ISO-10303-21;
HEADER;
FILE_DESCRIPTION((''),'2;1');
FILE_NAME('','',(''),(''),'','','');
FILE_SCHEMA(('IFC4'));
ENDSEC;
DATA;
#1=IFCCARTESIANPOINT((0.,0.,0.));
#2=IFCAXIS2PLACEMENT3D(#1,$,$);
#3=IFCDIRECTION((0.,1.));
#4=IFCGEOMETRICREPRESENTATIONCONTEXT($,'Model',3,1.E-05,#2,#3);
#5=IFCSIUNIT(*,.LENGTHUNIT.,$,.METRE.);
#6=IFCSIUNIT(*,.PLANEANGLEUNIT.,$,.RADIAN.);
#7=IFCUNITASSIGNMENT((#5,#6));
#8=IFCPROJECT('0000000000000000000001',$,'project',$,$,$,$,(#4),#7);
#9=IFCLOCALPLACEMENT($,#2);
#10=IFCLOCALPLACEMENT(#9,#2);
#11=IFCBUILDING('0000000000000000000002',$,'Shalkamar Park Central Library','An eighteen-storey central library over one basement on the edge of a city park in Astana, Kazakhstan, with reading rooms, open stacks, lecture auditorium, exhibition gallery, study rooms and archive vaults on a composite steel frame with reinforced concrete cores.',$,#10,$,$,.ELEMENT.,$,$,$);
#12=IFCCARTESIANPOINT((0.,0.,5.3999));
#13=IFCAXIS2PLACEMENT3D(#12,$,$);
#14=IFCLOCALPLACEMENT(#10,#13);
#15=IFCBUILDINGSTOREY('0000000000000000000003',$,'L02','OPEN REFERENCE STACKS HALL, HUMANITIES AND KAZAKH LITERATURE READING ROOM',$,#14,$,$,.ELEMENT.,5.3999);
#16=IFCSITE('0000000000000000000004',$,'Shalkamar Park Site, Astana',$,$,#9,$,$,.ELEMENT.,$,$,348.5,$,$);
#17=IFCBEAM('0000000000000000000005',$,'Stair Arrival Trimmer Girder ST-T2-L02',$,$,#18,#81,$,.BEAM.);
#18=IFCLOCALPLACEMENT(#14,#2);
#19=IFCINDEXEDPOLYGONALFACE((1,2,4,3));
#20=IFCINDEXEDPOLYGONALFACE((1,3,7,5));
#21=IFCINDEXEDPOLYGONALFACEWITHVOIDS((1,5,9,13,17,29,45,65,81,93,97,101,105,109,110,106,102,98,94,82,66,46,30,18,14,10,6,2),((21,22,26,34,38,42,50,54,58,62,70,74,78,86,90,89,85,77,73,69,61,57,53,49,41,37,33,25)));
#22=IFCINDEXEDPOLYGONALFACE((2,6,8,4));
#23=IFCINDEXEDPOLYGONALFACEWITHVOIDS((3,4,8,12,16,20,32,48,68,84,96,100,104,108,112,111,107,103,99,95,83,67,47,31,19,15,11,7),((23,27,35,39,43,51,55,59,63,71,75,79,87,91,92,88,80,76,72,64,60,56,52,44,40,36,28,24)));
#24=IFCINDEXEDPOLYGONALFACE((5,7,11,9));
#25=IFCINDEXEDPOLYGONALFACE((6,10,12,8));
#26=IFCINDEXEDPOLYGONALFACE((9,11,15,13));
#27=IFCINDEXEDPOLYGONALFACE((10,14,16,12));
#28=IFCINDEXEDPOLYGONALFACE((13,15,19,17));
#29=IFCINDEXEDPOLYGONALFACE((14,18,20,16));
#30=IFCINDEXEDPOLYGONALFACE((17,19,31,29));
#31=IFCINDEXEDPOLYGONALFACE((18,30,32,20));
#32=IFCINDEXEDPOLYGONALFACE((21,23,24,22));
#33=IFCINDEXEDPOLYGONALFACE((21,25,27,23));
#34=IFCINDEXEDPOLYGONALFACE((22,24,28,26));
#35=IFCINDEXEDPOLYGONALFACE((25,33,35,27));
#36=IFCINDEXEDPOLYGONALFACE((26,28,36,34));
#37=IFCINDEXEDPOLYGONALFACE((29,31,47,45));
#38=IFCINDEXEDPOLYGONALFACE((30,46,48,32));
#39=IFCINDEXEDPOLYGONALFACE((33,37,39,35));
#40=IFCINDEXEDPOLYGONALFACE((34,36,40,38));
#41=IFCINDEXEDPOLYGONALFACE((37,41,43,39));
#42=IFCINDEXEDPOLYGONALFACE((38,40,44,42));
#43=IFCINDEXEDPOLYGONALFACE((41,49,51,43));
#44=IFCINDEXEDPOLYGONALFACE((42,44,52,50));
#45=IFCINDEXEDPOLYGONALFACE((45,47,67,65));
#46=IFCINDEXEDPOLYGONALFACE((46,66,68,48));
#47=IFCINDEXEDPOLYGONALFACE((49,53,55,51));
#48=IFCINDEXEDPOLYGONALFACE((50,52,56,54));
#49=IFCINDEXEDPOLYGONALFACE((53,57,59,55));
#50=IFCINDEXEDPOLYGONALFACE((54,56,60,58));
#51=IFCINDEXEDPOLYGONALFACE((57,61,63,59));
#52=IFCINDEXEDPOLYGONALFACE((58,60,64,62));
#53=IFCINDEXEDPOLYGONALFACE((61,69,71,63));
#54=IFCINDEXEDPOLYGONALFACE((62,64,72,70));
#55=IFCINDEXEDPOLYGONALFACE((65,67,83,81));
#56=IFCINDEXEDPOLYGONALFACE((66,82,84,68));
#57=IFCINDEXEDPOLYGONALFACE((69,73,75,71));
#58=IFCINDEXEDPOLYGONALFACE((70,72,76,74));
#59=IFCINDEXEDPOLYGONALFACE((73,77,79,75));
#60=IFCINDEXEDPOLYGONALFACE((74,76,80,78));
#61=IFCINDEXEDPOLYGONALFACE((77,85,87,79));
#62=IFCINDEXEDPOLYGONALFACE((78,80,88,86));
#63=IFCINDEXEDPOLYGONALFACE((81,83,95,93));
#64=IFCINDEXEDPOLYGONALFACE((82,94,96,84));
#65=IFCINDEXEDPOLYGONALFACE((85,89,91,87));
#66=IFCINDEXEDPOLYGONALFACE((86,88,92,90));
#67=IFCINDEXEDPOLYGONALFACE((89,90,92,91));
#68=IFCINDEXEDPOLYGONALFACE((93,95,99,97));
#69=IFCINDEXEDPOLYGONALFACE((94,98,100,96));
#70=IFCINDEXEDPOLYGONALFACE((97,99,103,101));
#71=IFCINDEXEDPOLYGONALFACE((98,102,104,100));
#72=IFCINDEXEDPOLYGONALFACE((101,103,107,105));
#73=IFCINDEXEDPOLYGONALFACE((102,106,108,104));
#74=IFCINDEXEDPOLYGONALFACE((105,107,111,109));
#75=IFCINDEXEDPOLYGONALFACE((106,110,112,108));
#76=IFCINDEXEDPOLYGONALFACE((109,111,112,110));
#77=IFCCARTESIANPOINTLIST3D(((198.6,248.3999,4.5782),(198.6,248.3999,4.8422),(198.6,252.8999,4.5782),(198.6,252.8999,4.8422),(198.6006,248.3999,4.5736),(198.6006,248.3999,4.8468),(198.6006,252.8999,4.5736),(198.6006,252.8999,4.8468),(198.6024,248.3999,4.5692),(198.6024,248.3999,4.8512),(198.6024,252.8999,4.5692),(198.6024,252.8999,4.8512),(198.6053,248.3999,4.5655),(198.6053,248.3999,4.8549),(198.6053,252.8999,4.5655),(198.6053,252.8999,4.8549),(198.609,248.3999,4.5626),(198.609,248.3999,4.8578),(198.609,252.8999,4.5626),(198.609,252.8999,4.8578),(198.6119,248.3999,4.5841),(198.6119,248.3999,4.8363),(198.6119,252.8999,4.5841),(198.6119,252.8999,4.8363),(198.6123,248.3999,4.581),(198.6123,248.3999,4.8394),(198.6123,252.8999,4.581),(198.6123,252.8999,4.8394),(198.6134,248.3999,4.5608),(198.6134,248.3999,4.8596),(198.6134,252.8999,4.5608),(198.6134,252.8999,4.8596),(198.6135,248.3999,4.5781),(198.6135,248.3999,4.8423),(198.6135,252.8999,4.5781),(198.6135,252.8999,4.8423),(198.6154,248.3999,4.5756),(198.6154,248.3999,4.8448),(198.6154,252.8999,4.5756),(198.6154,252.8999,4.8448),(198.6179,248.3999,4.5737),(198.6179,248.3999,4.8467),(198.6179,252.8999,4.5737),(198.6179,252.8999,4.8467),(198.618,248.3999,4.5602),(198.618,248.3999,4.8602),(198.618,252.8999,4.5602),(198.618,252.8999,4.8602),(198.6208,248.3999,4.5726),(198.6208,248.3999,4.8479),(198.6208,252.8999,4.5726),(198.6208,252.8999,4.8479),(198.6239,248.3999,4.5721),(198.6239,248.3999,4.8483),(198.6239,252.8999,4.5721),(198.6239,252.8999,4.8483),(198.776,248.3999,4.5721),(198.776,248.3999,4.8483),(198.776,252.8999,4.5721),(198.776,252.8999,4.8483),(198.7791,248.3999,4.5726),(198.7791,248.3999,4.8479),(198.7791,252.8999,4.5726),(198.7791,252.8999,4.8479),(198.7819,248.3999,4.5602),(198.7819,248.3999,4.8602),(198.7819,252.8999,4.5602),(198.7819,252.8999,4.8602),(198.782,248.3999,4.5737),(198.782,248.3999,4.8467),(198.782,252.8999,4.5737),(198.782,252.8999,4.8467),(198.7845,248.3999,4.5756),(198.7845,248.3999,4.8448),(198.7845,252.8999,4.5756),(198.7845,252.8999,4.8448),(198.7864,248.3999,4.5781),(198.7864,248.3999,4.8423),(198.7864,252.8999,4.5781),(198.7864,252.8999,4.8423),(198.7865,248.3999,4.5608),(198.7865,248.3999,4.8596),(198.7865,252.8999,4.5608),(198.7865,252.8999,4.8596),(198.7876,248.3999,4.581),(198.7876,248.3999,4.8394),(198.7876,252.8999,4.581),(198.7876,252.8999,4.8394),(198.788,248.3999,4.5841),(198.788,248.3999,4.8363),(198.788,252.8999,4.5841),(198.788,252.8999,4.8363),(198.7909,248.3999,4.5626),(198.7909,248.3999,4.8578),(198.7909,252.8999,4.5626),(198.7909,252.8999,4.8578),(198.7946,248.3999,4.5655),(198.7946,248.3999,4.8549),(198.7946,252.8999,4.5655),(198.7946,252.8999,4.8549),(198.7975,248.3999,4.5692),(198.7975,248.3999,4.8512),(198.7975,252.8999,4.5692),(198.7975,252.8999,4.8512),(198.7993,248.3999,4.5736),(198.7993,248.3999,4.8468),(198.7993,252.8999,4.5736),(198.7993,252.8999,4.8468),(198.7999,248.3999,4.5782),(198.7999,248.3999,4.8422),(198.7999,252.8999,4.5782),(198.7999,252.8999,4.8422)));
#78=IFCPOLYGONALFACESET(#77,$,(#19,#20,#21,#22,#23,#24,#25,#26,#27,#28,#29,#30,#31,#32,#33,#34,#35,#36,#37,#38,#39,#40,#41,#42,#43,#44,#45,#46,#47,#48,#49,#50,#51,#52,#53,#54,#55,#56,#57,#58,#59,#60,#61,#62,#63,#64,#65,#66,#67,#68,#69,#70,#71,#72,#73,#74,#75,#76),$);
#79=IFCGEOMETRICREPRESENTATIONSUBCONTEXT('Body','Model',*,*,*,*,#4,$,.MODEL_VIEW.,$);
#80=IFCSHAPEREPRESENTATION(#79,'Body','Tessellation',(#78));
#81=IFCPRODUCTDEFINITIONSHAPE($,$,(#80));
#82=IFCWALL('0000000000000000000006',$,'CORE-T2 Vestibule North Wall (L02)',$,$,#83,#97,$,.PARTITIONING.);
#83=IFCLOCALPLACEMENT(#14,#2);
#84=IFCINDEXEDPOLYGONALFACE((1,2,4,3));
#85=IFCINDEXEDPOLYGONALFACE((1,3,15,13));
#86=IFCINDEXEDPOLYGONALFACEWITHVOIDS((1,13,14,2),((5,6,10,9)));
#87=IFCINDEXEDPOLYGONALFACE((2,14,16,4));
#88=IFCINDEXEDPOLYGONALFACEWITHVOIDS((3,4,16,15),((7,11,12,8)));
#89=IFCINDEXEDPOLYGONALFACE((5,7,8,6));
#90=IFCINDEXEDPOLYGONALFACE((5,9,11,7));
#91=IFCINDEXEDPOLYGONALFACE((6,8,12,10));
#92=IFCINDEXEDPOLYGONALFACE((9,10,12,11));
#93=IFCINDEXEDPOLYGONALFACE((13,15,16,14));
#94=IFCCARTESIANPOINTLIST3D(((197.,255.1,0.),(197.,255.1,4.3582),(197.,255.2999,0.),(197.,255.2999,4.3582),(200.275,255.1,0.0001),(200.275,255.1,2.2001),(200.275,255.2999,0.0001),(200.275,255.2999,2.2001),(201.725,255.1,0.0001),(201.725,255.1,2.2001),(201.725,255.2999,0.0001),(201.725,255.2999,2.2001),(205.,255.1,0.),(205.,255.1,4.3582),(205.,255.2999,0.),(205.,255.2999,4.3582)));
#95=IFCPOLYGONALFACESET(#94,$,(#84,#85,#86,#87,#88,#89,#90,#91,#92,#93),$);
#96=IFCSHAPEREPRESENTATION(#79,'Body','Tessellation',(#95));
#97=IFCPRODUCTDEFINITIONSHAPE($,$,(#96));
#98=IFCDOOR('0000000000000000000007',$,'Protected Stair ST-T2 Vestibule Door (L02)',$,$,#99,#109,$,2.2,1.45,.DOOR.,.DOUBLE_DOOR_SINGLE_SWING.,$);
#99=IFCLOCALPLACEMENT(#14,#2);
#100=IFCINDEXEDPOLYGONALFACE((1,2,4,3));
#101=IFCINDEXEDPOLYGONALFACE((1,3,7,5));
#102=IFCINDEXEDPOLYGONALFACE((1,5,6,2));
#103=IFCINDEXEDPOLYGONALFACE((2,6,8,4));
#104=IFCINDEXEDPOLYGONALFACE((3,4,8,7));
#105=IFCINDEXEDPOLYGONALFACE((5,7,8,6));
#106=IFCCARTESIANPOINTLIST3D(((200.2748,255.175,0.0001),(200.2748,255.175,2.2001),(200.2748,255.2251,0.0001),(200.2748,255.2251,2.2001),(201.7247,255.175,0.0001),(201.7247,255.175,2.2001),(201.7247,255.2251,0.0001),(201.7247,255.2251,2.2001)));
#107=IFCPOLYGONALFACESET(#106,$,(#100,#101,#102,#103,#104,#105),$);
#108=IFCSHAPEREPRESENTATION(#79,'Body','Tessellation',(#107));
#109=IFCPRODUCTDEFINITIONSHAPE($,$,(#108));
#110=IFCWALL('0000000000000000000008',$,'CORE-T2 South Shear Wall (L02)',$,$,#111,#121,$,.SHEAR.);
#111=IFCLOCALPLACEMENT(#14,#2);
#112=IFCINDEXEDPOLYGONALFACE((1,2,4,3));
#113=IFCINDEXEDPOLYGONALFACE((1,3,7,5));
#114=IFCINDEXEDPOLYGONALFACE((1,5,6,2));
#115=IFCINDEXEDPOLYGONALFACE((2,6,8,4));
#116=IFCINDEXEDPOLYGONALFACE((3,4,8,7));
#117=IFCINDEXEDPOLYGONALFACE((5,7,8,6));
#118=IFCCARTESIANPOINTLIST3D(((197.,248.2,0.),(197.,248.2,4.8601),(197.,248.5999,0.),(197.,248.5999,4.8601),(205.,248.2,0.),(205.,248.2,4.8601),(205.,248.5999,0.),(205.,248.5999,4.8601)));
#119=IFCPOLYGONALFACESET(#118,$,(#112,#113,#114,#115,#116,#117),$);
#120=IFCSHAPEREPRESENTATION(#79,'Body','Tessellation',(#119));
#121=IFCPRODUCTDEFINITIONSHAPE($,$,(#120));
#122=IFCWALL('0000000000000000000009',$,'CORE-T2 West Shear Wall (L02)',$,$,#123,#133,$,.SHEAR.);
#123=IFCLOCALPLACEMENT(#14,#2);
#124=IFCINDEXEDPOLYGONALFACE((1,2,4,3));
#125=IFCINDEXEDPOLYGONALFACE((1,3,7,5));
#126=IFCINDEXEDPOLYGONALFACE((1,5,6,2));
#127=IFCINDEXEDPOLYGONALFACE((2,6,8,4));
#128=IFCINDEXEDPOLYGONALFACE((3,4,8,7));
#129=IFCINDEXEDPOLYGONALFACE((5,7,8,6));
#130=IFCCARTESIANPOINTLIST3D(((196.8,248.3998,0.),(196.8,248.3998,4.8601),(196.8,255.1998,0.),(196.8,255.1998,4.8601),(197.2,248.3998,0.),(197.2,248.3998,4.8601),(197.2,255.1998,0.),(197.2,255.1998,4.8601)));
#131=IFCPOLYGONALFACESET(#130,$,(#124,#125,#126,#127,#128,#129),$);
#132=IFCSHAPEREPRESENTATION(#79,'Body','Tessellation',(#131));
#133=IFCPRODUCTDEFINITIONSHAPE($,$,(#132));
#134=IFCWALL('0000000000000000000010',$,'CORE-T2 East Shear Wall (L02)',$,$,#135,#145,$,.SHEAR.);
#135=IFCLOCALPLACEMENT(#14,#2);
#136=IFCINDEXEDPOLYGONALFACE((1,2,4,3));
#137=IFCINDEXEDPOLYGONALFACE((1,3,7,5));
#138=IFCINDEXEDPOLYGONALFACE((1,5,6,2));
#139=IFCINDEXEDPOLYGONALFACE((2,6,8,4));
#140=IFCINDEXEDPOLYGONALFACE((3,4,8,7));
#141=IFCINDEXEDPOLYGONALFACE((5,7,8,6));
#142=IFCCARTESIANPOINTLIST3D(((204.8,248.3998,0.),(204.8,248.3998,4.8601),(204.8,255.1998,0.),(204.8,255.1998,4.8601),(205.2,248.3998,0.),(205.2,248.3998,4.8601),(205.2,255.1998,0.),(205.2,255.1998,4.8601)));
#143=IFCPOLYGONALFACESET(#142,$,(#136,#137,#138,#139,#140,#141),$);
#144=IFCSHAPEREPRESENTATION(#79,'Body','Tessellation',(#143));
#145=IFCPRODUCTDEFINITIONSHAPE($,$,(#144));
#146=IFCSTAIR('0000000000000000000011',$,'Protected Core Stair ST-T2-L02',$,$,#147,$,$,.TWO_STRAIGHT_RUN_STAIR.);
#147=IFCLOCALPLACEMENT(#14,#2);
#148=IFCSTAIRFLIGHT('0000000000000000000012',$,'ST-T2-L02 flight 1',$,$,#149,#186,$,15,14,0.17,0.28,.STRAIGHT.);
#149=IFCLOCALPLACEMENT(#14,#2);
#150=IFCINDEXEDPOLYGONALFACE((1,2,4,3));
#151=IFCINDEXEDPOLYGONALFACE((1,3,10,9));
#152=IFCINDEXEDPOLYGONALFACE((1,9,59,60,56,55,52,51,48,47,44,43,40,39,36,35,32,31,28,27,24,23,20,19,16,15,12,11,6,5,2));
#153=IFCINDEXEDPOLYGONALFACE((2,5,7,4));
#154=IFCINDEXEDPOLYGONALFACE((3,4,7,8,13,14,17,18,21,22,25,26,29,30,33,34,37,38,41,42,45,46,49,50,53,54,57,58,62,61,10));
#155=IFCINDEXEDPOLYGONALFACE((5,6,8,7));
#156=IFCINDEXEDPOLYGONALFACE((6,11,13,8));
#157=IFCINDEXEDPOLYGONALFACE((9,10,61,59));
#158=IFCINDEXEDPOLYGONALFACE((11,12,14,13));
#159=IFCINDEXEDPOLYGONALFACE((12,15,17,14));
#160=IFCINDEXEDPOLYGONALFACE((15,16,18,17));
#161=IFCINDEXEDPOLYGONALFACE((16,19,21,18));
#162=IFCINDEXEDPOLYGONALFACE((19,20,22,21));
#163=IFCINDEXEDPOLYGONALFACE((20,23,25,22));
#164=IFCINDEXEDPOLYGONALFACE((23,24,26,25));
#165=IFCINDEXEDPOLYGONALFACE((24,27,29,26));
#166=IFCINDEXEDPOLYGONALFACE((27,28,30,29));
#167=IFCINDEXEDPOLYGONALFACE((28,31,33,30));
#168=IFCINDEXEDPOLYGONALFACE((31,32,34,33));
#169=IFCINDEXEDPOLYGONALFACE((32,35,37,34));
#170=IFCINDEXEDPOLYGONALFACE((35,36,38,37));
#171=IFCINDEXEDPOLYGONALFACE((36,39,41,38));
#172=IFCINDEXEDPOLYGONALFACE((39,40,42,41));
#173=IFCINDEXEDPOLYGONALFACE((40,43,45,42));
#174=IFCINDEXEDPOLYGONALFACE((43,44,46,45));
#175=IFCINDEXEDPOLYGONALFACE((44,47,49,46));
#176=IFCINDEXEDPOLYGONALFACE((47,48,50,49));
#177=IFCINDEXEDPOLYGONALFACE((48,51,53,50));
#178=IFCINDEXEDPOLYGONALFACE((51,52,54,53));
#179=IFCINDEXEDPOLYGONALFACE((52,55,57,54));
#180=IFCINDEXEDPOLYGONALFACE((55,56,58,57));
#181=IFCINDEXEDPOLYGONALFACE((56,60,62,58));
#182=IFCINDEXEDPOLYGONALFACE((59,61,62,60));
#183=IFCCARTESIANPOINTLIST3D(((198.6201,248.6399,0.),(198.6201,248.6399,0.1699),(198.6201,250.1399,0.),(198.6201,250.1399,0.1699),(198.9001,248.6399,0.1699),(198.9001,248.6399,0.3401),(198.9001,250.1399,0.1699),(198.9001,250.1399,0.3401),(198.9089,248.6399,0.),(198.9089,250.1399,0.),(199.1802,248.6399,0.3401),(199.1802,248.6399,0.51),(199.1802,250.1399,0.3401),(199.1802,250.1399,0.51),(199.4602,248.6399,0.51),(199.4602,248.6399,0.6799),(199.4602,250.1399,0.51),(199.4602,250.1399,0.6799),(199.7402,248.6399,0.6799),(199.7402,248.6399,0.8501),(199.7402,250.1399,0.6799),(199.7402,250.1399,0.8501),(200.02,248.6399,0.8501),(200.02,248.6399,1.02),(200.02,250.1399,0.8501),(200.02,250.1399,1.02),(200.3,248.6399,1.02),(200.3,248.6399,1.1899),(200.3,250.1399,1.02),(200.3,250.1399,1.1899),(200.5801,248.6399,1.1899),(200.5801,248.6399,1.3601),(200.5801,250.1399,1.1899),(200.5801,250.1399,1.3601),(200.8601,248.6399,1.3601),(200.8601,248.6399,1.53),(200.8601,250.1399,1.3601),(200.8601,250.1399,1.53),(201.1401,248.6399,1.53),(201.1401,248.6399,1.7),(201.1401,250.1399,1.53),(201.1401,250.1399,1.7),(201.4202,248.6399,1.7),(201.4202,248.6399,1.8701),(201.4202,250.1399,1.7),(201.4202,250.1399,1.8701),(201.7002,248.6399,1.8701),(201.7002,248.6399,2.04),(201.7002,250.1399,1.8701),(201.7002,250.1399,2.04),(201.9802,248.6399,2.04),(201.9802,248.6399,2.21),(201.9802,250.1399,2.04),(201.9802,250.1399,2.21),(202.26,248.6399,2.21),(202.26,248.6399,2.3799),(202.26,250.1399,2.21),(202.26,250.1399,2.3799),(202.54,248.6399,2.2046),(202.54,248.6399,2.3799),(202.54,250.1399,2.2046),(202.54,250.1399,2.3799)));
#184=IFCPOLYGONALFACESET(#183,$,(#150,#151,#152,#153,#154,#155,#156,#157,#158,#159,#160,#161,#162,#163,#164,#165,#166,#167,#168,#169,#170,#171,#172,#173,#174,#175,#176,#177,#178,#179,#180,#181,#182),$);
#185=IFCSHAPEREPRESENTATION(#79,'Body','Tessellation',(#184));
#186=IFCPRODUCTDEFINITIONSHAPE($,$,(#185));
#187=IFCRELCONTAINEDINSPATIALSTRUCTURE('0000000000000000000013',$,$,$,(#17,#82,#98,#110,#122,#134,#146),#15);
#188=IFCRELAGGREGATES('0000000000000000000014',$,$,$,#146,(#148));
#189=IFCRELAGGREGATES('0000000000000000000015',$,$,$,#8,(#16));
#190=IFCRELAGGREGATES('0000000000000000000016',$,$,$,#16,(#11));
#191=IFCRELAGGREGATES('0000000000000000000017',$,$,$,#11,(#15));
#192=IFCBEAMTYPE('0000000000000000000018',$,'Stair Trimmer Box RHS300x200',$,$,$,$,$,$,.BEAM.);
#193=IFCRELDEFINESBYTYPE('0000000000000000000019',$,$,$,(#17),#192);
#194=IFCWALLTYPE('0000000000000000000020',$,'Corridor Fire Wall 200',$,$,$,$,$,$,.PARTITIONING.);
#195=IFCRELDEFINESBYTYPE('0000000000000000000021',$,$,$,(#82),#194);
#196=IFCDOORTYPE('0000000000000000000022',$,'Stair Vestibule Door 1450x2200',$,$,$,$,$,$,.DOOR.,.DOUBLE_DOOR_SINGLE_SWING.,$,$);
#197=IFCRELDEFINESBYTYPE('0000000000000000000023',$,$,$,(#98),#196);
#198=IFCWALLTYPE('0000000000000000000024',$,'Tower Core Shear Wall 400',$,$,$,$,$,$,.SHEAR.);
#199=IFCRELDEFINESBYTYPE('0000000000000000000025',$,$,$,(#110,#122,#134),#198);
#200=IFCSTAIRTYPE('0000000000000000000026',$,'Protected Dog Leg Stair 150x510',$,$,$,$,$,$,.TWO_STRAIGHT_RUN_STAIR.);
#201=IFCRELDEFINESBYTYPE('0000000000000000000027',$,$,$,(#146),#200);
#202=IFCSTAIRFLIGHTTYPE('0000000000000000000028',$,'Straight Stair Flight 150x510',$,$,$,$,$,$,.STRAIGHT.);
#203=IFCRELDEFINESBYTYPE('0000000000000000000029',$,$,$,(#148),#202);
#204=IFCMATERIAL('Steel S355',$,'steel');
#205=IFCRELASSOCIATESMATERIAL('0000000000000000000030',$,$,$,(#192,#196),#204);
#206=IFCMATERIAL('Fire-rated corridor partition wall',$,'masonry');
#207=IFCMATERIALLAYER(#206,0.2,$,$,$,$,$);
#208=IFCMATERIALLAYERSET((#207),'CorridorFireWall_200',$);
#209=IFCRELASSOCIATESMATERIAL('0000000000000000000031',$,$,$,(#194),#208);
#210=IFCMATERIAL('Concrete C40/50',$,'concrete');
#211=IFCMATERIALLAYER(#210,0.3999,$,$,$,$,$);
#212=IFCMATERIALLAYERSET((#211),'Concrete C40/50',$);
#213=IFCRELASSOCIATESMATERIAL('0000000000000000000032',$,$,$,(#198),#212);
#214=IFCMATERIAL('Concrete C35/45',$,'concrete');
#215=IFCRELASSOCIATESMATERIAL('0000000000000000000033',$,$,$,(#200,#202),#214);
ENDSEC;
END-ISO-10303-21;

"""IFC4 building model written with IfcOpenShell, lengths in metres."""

from ifc_helpers import new_model, si_unit, direction, frame, frame_2d, origin, origin_2d, place, context, subcontext, project, spatial, polyline, rectangle, hollow_rectangle, outline, extrude, material, layer, layer_set, material_profile, profile_set, type_object, element, fill, aggregate, save


model = new_model("IFC4")

# Units and contexts
model_context = context("Model", 3, precision=1e-05, world=origin(), true_north=direction((0.0, 1.0)))
body_context = subcontext(model_context, "Body", "Model", "MODEL_VIEW")
ifc_project = project(units=[si_unit("LENGTHUNIT", "METRE"), si_unit("PLANEANGLEUNIT", "RADIAN")], contexts=[model_context])

# Site, building, storey
site_placement = place(None, origin())
site = spatial("IfcSite", under=ifc_project, at=site_placement, Name="Shalkamar Park Site, Astana", CompositionType="ELEMENT", RefElevation=348.5)
building_placement = place(site_placement, origin())
building = spatial("IfcBuilding", under=site, at=building_placement, Name="Shalkamar Park Central Library", Description="An eighteen-storey central library over one basement on the edge of a city park in Astana, Kazakhstan, with reading rooms, open stacks, lecture auditorium, exhibition gallery, study rooms and archive vaults on a composite steel frame with reinforced concrete cores.", CompositionType="ELEMENT")
storey_placement = place(building_placement, frame((0.0, 0.0, 5.3999)))
storey = spatial("IfcBuildingStorey", under=building, at=storey_placement, Name="L02", Description="OPEN REFERENCE STACKS HALL, HUMANITIES AND KAZAKH LITERATURE READING ROOM", CompositionType="ELEMENT", Elevation=5.3999)

# Shared definitions
ifc_material_1 = material(Name="Steel S355", Category="steel")

# Beam
ifc_material_profile_1 = material_profile(ifc_material_1, hollow_rectangle(XDim=0.2, YDim=0.3, WallThickness=0.012, InnerFilletRadius=0.012, OuterFilletRadius=0.0181, at=origin_2d()), Name="RHS 300x200x12")
ifc_profile_set_1 = profile_set([ifc_material_profile_1], Name="Steel S355")
beam_type_1 = type_object("IfcBeamType", Name="Stair Trimmer Box RHS300x200", PredefinedType="BEAM", material=ifc_profile_set_1)
beam_1_placement = place(storey_placement, frame((198.7, 248.3999, 4.7102), z_axis=(0.0, 1.0, 0.0), x_axis=(-1.0, 0.0, 0.0)))
element("IfcBeam", 1, at=beam_1_placement, inside=storey, type_object=beam_type_1, Name="Stair Arrival Trimmer Girder ST-T2-L02", PredefinedType="BEAM", context=body_context, shape_type="SweptSolid", body=[
    extrude(hollow_rectangle(XDim=0.2, YDim=0.3, WallThickness=0.012, InnerFilletRadius=0.012, OuterFilletRadius=0.0181, at=origin_2d()), origin(), (0.0, 0.0, 1.0), 4.5),
])

# Wall, opening, door
ifc_material_2 = material(Name="Fire-rated corridor partition wall", Category="masonry")
ifc_layer_1 = layer(ifc_material_2, 0.2)
ifc_layer_set_1 = layer_set([ifc_layer_1], Name="CorridorFireWall_200")
wall_type_1 = type_object("IfcWallType", Name="Corridor Fire Wall 200", PredefinedType="PARTITIONING", material=ifc_layer_set_1)
wall_1_placement = place(storey_placement, frame((197.0, 255.2, 0.0), z_axis=(0.0, 0.0, 1.0), x_axis=(1.0, 0.0, 0.0)))
wall_1 = element("IfcWall", 2, at=wall_1_placement, inside=storey, type_object=wall_type_1, Name="CORE-T2 Vestibule North Wall (L02)", PredefinedType="PARTITIONING", context=body_context, shape_type="SweptSolid", body=[
    extrude(rectangle(XDim=8.0, YDim=0.2, at=frame_2d((4.0, 0.0))), origin(), (0.0, 0.0, 1.0), 4.3582),
])
opening_1_placement = place(wall_1_placement, frame((3.2749, 0.0, 0.0)))
opening_1 = element("IfcOpeningElement", 3, at=opening_1_placement, cuts=wall_1, PredefinedType="OPENING", context=body_context, shape_type="SweptSolid", body=[
    extrude(rectangle(XDim=1.45, YDim=2.2, at=frame_2d((0.7251, 1.1001))), frame((0.0, 0.1147, 0.0), z_axis=(0.0, -1.0, 0.0), x_axis=(1.0, 0.0, 0.0)), (0.0, 0.0, 1.0), 0.2297),
])
door_type_1 = type_object("IfcDoorType", Name="Stair Vestibule Door 1450x2200", OperationType="DOUBLE_DOOR_SINGLE_SWING", PredefinedType="DOOR", material=ifc_material_1)
door_1_placement = place(opening_1_placement, frame((1.45, 0.0, 0.0), z_axis=(0.0, 0.0, 1.0), x_axis=(-1.0, 0.0, 0.0)))
door_1 = element("IfcDoor", 4, at=door_1_placement, inside=storey, type_object=door_type_1, Name="Protected Stair ST-T2 Vestibule Door (L02)", OperationType="DOUBLE_DOOR_SINGLE_SWING", OverallHeight=2.2, OverallWidth=1.45, PredefinedType="DOOR", context=body_context, shape_type="SweptSolid", body=[
    extrude(rectangle(XDim=1.45, YDim=2.2, at=frame_2d((0.7251, 1.1001))), frame((0.0, 0.0249, 0.0), z_axis=(0.0, -1.0, 0.0), x_axis=(1.0, 0.0, 0.0)), (0.0, 0.0, 1.0), 0.05),
])
fill(opening_1, door_1)

# Walls
ifc_material_3 = material(Name="Concrete C40/50", Category="concrete")
ifc_layer_2 = layer(ifc_material_3, 0.3999)
ifc_layer_set_2 = layer_set([ifc_layer_2], Name="Concrete C40/50")
wall_type_2 = type_object("IfcWallType", Name="Tower Core Shear Wall 400", PredefinedType="SHEAR", material=ifc_layer_set_2)
wall_2_placement = place(storey_placement, frame((197.0, 248.3999, 0.0), z_axis=(0.0, 0.0, 1.0), x_axis=(1.0, 0.0, 0.0)))
element("IfcWall", 5, at=wall_2_placement, inside=storey, type_object=wall_type_2, Name="CORE-T2 South Shear Wall (L02)", PredefinedType="SHEAR", context=body_context, shape_type="SweptSolid", body=[
    extrude(rectangle(XDim=8.0, YDim=0.3999, at=frame_2d((4.0, 0.0))), origin(), (0.0, 0.0, 1.0), 4.8601),
])
for number, where, z_axis, x_axis, name in (
    (6, (197.0, 248.3999, 0.0), (0.0, 0.0, 1.0), (0.0, 1.0, 0.0), "CORE-T2 West Shear Wall (L02)"),
    (7, (205.0, 248.3999, 0.0), (0.0, 0.0, 1.0), (0.0, 1.0, 0.0), "CORE-T2 East Shear Wall (L02)"),
):
    element("IfcWall", number, at=place(storey_placement, frame(where, z_axis=z_axis, x_axis=x_axis)), inside=storey, type_object=wall_type_2, Name=name, PredefinedType="SHEAR", context=body_context, shape_type="SweptSolid", body=[
        extrude(rectangle(XDim=6.8, YDim=0.3999, at=frame_2d((3.3999, 0.0))), origin(), (0.0, 0.0, 1.0), 4.8601),
    ])

# Stair, stair flight
ifc_material_4 = material(Name="Concrete C35/45", Category="concrete")
stair_type = type_object("IfcStairType", Name="Protected Dog Leg Stair 150x510", PredefinedType="TWO_STRAIGHT_RUN_STAIR", material=ifc_material_4)
stair_placement = place(storey_placement, origin())
stair = element("IfcStair", 8, at=stair_placement, inside=storey, type_object=stair_type, Name="Protected Core Stair ST-T2-L02", PredefinedType="TWO_STRAIGHT_RUN_STAIR")
stair_flight_type = type_object("IfcStairFlightType", Name="Straight Stair Flight 150x510", PredefinedType="STRAIGHT", material=ifc_material_4)
stair_flight_1_placement = place(storey_placement, frame((198.6201, 249.3899, 0.0), z_axis=(0.0, 0.0, 1.0), x_axis=(1.0, 0.0, 0.0)))
stair_flight_1 = element("IfcStairFlight", 9, at=stair_flight_1_placement, type_object=stair_flight_type, Name="ST-T2-L02 flight 1", NumberOfRisers=15, NumberOfTreads=14, PredefinedType="STRAIGHT", RiserHeight=0.17, TreadLength=0.28, context=body_context, shape_type="SweptSolid", body=[
    extrude(outline(polyline([(0.0, 0.0), (0.0, 0.1699), (0.28, 0.1699), (0.28, 0.3401), (0.5601, 0.3401), (0.5601, 0.51), (0.8401, 0.51), (0.8401, 0.6799), (1.1201, 0.6799), (1.1201, 0.8501), (1.3999, 0.8501), (1.3999, 1.02), (1.6799, 1.02), (1.6799, 1.1899), (1.96, 1.1899), (1.96, 1.3601), (2.24, 1.3601), (2.24, 1.53), (2.52, 1.53), (2.52, 1.7), (2.8, 1.7), (2.8, 1.8701), (3.0801, 1.8701), (3.0801, 2.04), (3.3601, 2.04), (3.3601, 2.21), (3.6399, 2.21), (3.6399, 2.3799), (3.9199, 2.3799), (3.9199, 2.55), (3.9199, 2.2046), (0.2888, 0.0), (0.0, 0.0)])), frame((0.0, 0.75, 0.0), z_axis=(0.0, -1.0, 0.0), x_axis=(1.0, 0.0, 0.0)), (0.0, 0.0, 1.0), 1.5),
])
aggregate(stair, [stair_flight_1])

save(model, "model.ifc")
